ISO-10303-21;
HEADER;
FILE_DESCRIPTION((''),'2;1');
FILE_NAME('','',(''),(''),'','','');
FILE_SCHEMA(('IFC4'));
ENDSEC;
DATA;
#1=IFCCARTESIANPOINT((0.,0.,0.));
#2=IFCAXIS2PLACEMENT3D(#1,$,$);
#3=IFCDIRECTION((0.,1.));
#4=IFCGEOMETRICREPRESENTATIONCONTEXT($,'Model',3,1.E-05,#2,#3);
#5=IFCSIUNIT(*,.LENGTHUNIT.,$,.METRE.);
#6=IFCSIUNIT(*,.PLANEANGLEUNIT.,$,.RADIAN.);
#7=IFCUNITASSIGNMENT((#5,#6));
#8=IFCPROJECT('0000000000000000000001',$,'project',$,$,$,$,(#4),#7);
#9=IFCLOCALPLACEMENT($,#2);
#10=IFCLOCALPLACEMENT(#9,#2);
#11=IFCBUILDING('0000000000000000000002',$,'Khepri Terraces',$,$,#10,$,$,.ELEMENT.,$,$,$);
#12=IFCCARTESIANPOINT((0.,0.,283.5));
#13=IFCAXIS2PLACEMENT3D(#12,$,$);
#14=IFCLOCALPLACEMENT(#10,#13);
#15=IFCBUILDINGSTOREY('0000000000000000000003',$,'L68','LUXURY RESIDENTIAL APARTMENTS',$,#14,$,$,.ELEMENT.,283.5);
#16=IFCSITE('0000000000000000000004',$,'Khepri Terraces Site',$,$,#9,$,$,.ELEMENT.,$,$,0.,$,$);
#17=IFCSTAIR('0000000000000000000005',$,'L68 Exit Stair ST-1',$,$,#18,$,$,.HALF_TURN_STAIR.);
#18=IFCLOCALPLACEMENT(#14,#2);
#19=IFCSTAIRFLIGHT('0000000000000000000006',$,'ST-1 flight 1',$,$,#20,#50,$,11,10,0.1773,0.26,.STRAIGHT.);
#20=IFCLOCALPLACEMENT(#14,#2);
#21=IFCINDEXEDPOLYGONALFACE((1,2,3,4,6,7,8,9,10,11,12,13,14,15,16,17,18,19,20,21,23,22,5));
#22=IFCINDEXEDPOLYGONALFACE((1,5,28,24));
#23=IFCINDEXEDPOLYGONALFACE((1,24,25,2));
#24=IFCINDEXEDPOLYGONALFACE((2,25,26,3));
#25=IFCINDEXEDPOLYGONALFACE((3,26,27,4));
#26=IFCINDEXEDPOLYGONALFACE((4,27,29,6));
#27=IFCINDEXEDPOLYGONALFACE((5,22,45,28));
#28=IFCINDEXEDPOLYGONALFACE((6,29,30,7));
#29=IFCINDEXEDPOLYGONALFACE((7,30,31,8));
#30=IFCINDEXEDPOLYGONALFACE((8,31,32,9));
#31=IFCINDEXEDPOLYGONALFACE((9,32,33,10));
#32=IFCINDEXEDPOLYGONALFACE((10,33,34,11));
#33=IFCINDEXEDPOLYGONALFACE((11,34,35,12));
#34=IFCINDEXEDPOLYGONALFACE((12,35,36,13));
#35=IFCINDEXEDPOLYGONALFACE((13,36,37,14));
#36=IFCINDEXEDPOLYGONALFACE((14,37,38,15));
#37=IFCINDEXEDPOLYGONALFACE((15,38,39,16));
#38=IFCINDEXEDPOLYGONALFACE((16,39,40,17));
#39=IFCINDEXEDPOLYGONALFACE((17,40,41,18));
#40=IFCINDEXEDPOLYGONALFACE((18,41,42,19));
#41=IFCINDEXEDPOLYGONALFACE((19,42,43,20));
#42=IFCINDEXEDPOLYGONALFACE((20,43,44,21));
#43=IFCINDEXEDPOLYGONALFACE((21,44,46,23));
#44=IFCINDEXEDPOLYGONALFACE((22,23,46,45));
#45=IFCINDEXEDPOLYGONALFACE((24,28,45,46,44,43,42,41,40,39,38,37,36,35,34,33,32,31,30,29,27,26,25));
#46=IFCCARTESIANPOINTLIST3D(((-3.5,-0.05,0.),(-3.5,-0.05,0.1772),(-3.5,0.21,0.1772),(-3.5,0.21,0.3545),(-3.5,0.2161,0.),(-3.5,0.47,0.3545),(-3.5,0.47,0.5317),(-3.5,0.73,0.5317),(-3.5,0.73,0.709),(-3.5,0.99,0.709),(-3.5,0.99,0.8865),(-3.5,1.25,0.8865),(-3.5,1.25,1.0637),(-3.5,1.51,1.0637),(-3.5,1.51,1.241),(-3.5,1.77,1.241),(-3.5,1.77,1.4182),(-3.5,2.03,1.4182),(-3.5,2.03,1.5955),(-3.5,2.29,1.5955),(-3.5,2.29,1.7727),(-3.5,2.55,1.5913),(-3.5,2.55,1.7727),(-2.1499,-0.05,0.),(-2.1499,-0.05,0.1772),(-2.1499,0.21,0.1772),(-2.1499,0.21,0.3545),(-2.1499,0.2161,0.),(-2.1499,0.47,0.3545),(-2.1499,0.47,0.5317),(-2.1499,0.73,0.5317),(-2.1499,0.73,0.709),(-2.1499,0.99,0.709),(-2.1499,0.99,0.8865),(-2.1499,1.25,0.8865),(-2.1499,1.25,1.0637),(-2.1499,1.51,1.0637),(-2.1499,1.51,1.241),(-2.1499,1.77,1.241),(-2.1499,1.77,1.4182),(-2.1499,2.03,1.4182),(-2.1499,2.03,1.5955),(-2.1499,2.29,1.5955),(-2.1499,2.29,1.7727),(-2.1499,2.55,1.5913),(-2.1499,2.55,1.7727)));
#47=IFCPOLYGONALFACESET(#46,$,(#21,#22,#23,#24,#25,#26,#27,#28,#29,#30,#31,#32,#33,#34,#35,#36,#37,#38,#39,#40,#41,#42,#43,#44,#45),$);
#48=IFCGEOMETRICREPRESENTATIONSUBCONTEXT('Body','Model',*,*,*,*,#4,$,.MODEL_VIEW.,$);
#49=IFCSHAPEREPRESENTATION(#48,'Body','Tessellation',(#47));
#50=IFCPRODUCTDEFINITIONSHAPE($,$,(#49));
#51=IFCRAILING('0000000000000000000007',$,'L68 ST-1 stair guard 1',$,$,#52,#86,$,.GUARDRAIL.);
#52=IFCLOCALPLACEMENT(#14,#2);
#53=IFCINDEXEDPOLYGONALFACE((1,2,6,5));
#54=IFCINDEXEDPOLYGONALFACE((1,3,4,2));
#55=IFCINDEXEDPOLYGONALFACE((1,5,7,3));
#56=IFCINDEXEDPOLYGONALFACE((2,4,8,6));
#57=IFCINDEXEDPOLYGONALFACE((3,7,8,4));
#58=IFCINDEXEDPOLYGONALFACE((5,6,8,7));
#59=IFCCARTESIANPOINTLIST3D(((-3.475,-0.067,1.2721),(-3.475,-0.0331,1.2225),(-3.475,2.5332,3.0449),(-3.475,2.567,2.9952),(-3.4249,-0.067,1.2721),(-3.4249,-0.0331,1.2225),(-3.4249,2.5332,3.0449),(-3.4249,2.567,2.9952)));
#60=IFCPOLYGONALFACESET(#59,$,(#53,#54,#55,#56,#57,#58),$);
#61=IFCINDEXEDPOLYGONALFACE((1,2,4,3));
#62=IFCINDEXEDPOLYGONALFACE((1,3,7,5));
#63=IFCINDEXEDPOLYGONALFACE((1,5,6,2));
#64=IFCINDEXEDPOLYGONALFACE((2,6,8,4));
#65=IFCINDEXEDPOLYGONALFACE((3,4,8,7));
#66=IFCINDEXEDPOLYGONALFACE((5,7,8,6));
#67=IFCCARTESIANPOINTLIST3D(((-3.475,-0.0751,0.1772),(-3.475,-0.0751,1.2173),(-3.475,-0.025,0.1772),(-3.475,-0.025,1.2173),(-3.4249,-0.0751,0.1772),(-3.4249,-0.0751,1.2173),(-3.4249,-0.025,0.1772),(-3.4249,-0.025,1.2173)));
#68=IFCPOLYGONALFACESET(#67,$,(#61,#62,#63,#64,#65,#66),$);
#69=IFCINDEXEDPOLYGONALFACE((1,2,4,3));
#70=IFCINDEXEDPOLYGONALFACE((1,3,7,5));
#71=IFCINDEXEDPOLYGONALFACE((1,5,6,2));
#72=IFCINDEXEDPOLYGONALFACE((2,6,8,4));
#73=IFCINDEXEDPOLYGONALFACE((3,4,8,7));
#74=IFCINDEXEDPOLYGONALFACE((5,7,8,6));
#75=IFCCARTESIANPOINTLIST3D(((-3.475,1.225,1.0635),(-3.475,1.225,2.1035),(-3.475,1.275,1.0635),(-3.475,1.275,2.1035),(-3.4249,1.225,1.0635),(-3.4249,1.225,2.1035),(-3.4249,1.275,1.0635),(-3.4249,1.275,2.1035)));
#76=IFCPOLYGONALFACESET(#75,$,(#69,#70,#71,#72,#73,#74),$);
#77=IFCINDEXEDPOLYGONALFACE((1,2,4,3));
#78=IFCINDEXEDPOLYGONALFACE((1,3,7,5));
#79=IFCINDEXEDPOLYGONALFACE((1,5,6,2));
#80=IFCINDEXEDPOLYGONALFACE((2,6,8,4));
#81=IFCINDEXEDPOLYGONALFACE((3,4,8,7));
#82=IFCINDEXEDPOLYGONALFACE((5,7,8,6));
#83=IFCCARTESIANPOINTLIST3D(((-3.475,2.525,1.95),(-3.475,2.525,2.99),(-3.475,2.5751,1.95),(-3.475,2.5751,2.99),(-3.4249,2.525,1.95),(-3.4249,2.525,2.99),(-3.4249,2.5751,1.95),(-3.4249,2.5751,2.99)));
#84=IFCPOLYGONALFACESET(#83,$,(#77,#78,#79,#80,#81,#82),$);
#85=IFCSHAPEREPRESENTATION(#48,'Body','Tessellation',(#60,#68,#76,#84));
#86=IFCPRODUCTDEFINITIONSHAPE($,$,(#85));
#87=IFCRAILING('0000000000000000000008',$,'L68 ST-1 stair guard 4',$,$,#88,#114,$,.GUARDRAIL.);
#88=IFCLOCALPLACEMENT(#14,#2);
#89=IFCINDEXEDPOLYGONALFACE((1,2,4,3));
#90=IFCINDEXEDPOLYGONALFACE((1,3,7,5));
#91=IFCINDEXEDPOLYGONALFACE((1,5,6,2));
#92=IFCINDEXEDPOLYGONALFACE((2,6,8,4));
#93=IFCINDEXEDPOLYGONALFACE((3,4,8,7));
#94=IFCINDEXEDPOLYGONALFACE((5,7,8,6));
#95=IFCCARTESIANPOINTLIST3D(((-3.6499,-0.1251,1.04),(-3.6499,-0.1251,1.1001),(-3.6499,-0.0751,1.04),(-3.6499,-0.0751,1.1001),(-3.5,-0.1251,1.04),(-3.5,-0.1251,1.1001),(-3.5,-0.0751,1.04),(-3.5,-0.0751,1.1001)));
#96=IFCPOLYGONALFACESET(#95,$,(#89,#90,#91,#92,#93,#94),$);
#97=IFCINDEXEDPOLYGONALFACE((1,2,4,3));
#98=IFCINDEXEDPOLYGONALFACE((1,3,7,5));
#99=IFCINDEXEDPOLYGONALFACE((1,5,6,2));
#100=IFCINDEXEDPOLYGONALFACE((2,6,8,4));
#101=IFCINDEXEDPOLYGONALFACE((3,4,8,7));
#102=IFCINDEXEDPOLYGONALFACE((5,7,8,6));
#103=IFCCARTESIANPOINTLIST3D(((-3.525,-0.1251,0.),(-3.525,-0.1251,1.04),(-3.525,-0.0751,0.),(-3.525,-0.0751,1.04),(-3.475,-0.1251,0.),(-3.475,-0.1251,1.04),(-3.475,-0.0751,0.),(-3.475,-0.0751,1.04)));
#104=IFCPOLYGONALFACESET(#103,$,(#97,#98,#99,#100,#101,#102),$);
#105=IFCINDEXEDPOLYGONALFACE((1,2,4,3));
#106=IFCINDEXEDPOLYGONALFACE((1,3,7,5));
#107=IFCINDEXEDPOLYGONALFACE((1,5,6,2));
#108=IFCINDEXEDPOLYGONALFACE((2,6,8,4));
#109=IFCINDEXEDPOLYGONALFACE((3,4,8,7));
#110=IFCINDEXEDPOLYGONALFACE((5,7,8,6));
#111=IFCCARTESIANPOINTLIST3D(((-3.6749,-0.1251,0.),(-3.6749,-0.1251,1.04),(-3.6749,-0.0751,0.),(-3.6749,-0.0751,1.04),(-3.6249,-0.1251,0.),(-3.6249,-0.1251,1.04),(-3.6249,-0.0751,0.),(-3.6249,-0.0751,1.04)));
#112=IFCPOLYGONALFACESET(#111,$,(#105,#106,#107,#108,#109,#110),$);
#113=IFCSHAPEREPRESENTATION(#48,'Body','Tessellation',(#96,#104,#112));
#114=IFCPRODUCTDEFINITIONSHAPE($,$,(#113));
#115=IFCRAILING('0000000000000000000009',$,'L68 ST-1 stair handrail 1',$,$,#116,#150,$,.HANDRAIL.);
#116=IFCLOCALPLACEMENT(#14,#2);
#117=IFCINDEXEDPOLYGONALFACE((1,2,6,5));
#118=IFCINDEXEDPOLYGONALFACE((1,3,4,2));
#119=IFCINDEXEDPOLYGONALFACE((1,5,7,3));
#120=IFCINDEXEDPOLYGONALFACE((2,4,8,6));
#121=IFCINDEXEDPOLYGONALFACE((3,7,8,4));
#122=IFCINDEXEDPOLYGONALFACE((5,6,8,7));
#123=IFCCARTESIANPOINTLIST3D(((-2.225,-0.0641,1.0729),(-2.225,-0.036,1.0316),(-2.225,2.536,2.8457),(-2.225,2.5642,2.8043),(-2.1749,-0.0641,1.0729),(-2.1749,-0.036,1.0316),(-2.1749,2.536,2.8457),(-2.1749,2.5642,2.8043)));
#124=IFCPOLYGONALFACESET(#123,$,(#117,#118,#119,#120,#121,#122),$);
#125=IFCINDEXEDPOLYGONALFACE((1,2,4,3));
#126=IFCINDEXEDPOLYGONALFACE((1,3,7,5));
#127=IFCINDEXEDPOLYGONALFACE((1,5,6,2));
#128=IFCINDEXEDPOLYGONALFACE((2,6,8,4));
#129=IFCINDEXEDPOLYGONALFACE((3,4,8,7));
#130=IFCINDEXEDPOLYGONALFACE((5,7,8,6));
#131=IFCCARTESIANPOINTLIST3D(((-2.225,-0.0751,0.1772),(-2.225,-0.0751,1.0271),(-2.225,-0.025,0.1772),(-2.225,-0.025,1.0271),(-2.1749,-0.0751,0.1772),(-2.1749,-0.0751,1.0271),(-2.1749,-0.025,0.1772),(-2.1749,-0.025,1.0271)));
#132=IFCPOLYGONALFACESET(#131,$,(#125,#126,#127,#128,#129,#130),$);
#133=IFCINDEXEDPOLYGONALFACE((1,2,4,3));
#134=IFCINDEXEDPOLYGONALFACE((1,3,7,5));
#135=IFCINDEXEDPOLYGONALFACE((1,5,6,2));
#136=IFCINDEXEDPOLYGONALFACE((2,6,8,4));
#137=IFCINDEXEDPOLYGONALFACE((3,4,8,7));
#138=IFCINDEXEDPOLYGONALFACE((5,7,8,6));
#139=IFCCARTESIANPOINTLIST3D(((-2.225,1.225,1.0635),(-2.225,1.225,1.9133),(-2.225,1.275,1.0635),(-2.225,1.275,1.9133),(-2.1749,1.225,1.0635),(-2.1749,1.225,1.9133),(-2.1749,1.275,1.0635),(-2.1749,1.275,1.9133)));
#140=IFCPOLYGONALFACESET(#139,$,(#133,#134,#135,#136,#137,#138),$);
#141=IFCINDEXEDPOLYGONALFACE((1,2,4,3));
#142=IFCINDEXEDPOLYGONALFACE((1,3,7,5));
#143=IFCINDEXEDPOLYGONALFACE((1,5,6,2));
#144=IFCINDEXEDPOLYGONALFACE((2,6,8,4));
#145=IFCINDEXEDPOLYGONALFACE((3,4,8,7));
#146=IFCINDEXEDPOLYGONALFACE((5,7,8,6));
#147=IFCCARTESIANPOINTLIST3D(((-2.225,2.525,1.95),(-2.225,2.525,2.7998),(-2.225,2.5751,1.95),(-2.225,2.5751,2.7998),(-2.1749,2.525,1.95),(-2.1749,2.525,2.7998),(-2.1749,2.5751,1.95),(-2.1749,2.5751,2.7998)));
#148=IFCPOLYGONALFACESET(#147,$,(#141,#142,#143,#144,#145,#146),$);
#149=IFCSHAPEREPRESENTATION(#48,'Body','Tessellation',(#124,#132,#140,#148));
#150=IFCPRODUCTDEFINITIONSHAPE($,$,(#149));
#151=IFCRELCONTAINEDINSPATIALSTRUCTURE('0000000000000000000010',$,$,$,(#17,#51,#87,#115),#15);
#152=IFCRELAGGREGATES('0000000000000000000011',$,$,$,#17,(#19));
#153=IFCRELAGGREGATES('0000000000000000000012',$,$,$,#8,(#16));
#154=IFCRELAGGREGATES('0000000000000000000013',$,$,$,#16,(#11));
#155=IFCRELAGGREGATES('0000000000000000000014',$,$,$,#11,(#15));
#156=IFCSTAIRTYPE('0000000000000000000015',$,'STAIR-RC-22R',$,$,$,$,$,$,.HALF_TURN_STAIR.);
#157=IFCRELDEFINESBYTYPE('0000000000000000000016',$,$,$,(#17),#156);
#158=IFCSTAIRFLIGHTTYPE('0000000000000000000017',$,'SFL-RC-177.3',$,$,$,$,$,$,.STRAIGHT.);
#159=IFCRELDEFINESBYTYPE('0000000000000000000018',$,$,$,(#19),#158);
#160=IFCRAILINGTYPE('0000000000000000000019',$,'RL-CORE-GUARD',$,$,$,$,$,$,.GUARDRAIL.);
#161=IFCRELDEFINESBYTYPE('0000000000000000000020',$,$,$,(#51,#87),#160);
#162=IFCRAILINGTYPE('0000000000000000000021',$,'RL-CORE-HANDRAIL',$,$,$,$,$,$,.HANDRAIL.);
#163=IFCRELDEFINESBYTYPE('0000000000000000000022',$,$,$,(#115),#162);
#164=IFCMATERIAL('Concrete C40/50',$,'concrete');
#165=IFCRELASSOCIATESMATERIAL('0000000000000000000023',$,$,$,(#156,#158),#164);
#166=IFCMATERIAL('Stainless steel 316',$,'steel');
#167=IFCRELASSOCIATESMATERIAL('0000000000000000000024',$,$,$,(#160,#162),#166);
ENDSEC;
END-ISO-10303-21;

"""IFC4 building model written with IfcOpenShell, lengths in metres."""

from ifc_helpers import new_model, si_unit, direction, frame, origin, origin_2d, place, context, subcontext, project, spatial, polyline, rectangle, outline, extrude, material, type_object, element, aggregate, save


model = new_model("IFC4")

# Units and contexts
model_context = context("Model", 3, precision=1e-05, world=origin(), true_north=direction((0.0, 1.0)))
body_context = subcontext(model_context, "Body", "Model", "MODEL_VIEW")
ifc_project = project(units=[si_unit("LENGTHUNIT", "METRE"), si_unit("PLANEANGLEUNIT", "RADIAN")], contexts=[model_context])

# Site, building, storey
site_placement = place(None, origin())
site = spatial("IfcSite", under=ifc_project, at=site_placement, Name="Khepri Terraces Site", CompositionType="ELEMENT", RefElevation=0.0)
building_placement = place(site_placement, origin())
building = spatial("IfcBuilding", under=site, at=building_placement, Name="Khepri Terraces", CompositionType="ELEMENT")
storey_placement = place(building_placement, frame((0.0, 0.0, 283.5)))
storey = spatial("IfcBuildingStorey", under=building, at=storey_placement, Name="L68", Description="LUXURY RESIDENTIAL APARTMENTS", CompositionType="ELEMENT", Elevation=283.5)

# Shared definitions
ifc_material_1 = material(Name="Concrete C40/50", Category="concrete")

# Stair, stair flight
stair_type = type_object("IfcStairType", Name="STAIR-RC-22R", PredefinedType="HALF_TURN_STAIR", material=ifc_material_1)
stair_placement = place(storey_placement, origin())
stair = element("IfcStair", 1, at=stair_placement, inside=storey, type_object=stair_type, Name="L68 Exit Stair ST-1", PredefinedType="HALF_TURN_STAIR")
stair_flight_type = type_object("IfcStairFlightType", Name="SFL-RC-177.3", PredefinedType="STRAIGHT", material=ifc_material_1)
stair_flight_placement = place(storey_placement, frame((-2.825, -0.05, 0.0), z_axis=(0.0, 0.0, 1.0), x_axis=(0.0, 1.0, 0.0)))
stair_flight = element("IfcStairFlight", 2, at=stair_flight_placement, type_object=stair_flight_type, Name="ST-1 flight 1", NumberOfRisers=11, NumberOfTreads=10, PredefinedType="STRAIGHT", RiserHeight=0.1773, TreadLength=0.26, context=body_context, shape_type="SweptSolid", body=[
    extrude(outline(polyline([(0.0, 0.0), (0.0, 0.1772), (0.26, 0.1772), (0.26, 0.3545), (0.52, 0.3545), (0.52, 0.5317), (0.78, 0.5317), (0.78, 0.709), (1.04, 0.709), (1.04, 0.8865), (1.3, 0.8865), (1.3, 1.0637), (1.5601, 1.0637), (1.5601, 1.241), (1.8201, 1.241), (1.8201, 1.4182), (2.0801, 1.4182), (2.0801, 1.5955), (2.3401, 1.5955), (2.3401, 1.7727), (2.6001, 1.7727), (2.6001, 1.95), (2.6001, 1.5913), (0.2661, 0.0), (0.0, 0.0)])), frame((0.0, 0.675, 0.0), z_axis=(0.0, -1.0, 0.0), x_axis=(1.0, 0.0, 0.0)), (0.0, 0.0, 1.0), 1.3501),
])
aggregate(stair, [stair_flight])

# Railings
ifc_material_2 = material(Name="Stainless steel 316", Category="steel")
railing_type_1 = type_object("IfcRailingType", Name="RL-CORE-GUARD", PredefinedType="GUARDRAIL", material=ifc_material_2)
railing_1_placement = place(storey_placement, frame((-3.45, -0.05, 0.1772)))
element("IfcRailing", 3, at=railing_1_placement, inside=storey, type_object=railing_type_1, Name="L68 ST-1 stair guard 1", PredefinedType="GUARDRAIL", context=body_context, shape_type="SweptSolid", body=[
    extrude(rectangle(XDim=0.05, YDim=0.0601, at=origin_2d()), frame((0.0, 0.0, 1.0701), z_axis=(0.0, 0.82624, 0.563318), x_axis=(-1.0, 0.0, 0.0)), (0.0, 0.0, 1.0), 3.147),
    extrude(rectangle(XDim=0.05, YDim=0.05, at=origin_2d()), origin(), (0.0, 0.0, 1.0), 1.04),
    extrude(rectangle(XDim=0.05, YDim=0.05, at=origin_2d()), frame((0.0, 1.3, 0.8862)), (0.0, 0.0, 1.0), 1.04),
    extrude(rectangle(XDim=0.05, YDim=0.05, at=origin_2d()), frame((0.0, 2.6001, 1.7727)), (0.0, 0.0, 1.0), 1.04),
])
railing_2_placement = place(storey_placement, frame((-3.5, -0.1001, 0.0)))
element("IfcRailing", 4, at=railing_2_placement, inside=storey, type_object=railing_type_1, Name="L68 ST-1 stair guard 4", PredefinedType="GUARDRAIL", context=body_context, shape_type="SweptSolid", body=[
    extrude(rectangle(XDim=0.05, YDim=0.0601, at=origin_2d()), frame((0.0, 0.0, 1.0701), z_axis=(-1.0, 0.0, 0.0), x_axis=(0.0, -1.0, 0.0)), (0.0, 0.0, 1.0), 0.1499),
    extrude(rectangle(XDim=0.05, YDim=0.05, at=origin_2d()), origin(), (0.0, 0.0, 1.0), 1.04),
    extrude(rectangle(XDim=0.05, YDim=0.05, at=origin_2d()), frame((-0.1499, 0.0, 0.0)), (0.0, 0.0, 1.0), 1.04),
])
railing_type_2 = type_object("IfcRailingType", Name="RL-CORE-HANDRAIL", PredefinedType="HANDRAIL", material=ifc_material_2)
railing_3_placement = place(storey_placement, frame((-2.2, -0.05, 0.1772)))
element("IfcRailing", 5, at=railing_3_placement, inside=storey, type_object=railing_type_2, Name="L68 ST-1 stair handrail 1", PredefinedType="HANDRAIL", context=body_context, shape_type="SweptSolid", body=[
    extrude(rectangle(XDim=0.05, YDim=0.05, at=origin_2d()), frame((0.0, 0.0, 0.875), z_axis=(0.0, 0.82624, 0.563318), x_axis=(-1.0, 0.0, 0.0)), (0.0, 0.0, 1.0), 3.147),
    extrude(rectangle(XDim=0.05, YDim=0.05, at=origin_2d()), origin(), (0.0, 0.0, 1.0), 0.8499),
    extrude(rectangle(XDim=0.05, YDim=0.05, at=origin_2d()), frame((0.0, 1.3, 0.8862)), (0.0, 0.0, 1.0), 0.8499),
    extrude(rectangle(XDim=0.05, YDim=0.05, at=origin_2d()), frame((0.0, 2.6001, 1.7727)), (0.0, 0.0, 1.0), 0.8499),
])

save(model, "model.ifc")
